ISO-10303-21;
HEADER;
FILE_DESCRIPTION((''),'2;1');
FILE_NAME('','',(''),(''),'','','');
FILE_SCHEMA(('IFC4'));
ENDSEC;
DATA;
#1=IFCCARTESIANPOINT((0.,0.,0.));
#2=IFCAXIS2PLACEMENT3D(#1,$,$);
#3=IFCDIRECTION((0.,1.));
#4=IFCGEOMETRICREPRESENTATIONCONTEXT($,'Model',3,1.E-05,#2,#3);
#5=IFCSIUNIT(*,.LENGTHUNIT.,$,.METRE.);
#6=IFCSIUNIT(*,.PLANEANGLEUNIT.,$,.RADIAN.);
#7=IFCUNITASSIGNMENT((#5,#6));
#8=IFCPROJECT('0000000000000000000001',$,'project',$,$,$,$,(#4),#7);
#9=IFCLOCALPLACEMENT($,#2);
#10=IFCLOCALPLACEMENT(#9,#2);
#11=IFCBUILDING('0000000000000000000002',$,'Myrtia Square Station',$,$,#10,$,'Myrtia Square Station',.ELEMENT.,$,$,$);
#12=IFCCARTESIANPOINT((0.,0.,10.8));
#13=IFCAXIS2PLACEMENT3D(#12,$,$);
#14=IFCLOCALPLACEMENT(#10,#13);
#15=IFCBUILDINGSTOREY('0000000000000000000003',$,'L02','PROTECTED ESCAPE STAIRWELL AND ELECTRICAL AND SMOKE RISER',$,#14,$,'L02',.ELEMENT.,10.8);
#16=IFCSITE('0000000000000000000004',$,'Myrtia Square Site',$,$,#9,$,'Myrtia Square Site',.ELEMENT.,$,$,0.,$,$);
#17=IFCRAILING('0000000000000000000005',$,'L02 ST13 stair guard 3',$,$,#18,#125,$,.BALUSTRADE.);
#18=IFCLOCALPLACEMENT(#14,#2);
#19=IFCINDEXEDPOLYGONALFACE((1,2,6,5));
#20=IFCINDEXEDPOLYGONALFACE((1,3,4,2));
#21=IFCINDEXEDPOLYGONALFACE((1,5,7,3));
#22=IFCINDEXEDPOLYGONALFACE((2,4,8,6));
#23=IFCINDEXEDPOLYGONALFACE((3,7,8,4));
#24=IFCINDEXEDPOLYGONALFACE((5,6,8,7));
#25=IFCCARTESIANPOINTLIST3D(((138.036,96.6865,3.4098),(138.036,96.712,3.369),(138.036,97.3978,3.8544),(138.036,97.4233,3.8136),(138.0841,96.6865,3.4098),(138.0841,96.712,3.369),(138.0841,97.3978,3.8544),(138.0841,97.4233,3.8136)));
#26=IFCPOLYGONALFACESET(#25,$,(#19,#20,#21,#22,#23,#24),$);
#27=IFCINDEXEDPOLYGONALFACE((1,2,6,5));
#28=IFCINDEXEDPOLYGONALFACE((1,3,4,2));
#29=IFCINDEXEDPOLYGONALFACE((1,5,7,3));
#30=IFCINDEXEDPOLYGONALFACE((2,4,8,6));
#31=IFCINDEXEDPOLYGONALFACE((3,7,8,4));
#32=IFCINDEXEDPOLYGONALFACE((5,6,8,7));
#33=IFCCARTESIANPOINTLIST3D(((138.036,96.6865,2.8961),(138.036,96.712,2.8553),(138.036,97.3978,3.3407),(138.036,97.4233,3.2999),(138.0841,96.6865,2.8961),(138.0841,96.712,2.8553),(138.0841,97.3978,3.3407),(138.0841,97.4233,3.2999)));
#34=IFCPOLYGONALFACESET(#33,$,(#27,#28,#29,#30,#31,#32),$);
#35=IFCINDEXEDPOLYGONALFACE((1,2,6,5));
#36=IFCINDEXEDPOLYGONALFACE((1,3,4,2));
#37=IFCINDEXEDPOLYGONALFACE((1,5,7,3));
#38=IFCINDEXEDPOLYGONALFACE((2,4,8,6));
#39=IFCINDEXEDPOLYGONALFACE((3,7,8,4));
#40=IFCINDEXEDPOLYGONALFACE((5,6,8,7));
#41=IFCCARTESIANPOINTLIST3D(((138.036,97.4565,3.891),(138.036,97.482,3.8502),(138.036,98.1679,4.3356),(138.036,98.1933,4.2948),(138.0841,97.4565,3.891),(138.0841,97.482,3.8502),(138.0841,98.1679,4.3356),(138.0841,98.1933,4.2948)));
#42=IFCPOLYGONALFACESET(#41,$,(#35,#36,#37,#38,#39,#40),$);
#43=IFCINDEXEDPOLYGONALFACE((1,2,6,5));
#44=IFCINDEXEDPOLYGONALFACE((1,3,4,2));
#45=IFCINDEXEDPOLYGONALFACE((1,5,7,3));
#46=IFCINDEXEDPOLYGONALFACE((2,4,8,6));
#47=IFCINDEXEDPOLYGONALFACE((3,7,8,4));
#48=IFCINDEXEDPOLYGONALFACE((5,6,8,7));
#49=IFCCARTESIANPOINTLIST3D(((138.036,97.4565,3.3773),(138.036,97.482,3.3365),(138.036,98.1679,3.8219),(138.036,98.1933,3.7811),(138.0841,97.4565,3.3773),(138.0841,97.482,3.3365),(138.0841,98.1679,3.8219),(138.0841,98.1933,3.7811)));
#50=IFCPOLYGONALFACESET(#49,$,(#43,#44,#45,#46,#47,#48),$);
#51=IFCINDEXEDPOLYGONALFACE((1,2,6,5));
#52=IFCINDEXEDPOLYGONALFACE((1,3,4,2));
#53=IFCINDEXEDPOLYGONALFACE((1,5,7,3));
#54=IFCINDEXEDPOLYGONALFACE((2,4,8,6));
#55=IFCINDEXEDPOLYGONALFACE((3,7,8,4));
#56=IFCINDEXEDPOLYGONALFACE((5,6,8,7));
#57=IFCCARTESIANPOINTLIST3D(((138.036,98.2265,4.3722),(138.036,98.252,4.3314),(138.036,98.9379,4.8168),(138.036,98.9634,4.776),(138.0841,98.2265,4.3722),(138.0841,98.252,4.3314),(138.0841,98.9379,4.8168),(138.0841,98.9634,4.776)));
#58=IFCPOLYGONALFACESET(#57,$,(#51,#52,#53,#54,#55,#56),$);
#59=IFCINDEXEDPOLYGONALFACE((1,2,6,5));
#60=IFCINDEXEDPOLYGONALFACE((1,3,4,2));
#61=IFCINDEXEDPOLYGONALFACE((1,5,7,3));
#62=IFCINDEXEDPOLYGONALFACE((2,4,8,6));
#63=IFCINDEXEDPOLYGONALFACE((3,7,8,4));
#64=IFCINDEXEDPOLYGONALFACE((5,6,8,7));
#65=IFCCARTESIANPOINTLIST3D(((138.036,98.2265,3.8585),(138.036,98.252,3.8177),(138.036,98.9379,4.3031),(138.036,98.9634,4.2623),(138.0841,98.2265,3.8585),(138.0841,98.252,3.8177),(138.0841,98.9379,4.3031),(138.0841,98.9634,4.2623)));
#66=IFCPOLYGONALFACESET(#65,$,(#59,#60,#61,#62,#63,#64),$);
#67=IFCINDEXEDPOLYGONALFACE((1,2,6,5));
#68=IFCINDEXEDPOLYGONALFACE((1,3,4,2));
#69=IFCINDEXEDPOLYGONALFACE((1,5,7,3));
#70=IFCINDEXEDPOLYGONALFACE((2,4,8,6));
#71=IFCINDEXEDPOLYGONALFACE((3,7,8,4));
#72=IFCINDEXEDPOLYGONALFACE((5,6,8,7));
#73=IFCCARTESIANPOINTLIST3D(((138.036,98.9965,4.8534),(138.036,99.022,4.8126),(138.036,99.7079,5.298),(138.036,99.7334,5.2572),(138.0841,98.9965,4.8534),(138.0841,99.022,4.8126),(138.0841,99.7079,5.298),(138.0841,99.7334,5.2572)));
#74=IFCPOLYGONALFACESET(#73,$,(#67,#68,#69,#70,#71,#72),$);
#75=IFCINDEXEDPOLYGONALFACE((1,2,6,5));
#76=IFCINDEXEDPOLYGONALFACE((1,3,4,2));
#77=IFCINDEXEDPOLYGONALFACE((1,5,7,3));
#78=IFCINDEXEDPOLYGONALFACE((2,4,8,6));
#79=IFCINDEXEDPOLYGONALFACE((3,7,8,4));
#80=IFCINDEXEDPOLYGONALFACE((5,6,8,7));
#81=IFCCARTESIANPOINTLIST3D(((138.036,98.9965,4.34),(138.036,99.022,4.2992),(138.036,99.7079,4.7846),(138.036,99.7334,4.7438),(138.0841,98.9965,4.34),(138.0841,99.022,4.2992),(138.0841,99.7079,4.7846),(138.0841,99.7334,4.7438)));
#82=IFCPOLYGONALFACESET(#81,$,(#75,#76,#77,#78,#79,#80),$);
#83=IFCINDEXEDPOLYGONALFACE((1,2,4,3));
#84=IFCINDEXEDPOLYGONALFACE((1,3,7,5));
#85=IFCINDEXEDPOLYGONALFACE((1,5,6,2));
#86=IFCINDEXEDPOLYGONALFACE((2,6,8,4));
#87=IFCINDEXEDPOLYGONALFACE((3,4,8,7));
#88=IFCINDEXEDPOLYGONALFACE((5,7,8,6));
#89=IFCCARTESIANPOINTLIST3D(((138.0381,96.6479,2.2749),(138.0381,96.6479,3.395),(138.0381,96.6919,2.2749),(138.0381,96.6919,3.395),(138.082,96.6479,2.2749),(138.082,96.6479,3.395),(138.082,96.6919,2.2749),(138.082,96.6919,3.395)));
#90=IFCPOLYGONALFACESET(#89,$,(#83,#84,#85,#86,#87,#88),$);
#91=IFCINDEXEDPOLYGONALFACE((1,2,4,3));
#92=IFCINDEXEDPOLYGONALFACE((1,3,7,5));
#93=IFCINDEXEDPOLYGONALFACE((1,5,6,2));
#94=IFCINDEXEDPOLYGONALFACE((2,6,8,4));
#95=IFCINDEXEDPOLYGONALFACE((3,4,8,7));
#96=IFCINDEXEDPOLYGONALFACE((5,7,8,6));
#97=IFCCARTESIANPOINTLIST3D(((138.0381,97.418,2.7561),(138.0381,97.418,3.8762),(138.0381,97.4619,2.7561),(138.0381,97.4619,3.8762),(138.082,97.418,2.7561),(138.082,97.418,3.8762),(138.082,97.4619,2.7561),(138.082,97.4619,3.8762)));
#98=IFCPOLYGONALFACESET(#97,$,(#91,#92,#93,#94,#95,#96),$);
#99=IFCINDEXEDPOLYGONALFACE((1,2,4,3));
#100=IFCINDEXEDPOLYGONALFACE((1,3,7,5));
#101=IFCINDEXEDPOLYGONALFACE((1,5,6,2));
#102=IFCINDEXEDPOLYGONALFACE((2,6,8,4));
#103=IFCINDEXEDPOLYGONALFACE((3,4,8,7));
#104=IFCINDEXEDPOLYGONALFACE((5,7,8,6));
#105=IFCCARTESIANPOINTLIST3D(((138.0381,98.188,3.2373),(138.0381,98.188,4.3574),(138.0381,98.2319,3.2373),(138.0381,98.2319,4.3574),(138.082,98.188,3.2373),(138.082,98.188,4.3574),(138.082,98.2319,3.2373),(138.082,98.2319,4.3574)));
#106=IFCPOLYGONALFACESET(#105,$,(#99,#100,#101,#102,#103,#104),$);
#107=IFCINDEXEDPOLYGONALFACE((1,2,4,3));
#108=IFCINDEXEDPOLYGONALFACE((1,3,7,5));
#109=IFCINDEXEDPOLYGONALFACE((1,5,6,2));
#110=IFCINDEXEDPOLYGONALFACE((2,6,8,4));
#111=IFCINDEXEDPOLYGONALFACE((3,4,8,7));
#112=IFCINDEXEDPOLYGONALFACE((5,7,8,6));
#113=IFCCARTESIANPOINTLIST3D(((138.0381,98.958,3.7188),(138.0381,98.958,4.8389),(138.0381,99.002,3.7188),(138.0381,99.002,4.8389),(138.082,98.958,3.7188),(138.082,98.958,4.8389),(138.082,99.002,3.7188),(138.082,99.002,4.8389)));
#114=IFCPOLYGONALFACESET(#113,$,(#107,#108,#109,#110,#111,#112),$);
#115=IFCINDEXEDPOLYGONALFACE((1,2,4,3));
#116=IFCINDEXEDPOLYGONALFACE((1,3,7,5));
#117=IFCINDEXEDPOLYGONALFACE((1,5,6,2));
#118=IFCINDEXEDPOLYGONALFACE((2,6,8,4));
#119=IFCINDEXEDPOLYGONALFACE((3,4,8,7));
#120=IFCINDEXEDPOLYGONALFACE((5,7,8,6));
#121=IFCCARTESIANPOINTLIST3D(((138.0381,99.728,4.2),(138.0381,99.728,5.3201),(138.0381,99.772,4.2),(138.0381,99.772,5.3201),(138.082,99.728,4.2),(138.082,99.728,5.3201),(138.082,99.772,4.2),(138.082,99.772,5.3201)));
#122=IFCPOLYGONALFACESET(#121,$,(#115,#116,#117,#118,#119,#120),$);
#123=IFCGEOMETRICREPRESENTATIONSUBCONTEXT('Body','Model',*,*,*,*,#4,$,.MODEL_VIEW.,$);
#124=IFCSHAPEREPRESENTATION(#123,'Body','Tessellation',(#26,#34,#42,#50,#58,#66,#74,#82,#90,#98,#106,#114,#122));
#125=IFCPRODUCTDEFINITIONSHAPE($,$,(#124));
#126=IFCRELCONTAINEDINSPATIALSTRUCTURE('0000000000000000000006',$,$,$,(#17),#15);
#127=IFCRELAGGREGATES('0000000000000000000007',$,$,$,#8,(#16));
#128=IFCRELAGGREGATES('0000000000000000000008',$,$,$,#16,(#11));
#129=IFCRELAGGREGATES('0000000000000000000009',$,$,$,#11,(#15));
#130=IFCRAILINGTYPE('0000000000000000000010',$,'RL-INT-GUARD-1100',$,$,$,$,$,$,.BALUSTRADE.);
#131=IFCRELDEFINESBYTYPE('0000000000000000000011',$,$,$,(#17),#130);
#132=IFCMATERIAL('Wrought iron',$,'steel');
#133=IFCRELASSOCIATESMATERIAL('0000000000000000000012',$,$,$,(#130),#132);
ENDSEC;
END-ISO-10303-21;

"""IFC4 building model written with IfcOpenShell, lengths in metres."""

from ifc_helpers import new_model, si_unit, direction, frame, origin, origin_2d, place, context, subcontext, project, spatial, rectangle, extrude, material, type_object, element, save


model = new_model("IFC4")

# Units and contexts
model_context = context("Model", 3, precision=1e-05, world=origin(), true_north=direction((0.0, 1.0)))
body_context = subcontext(model_context, "Body", "Model", "MODEL_VIEW")
ifc_project = project(units=[si_unit("LENGTHUNIT", "METRE"), si_unit("PLANEANGLEUNIT", "RADIAN")], contexts=[model_context])

# Site, building, storey
site_placement = place(None, origin())
site = spatial("IfcSite", under=ifc_project, at=site_placement, Name="Myrtia Square Site", LongName="Myrtia Square Site", CompositionType="ELEMENT", RefElevation=0.0)
building_placement = place(site_placement, origin())
building = spatial("IfcBuilding", under=site, at=building_placement, Name="Myrtia Square Station", LongName="Myrtia Square Station", CompositionType="ELEMENT")
storey_placement = place(building_placement, frame((0.0, 0.0, 10.8)))
storey = spatial("IfcBuildingStorey", under=building, at=storey_placement, Name="L02", Description="PROTECTED ESCAPE STAIRWELL AND ELECTRICAL AND SMOKE RISER", LongName="L02", CompositionType="ELEMENT", Elevation=10.8)

# Railing
ifc_material_1 = material(Name="Wrought iron", Category="steel")
railing_type_1 = type_object("IfcRailingType", Name="RL-INT-GUARD-1100", PredefinedType="BALUSTRADE", material=ifc_material_1)
railing_1_placement = place(storey_placement, frame((138.0601, 96.6699, 2.2749)))
element("IfcRailing", 1, at=railing_1_placement, inside=storey, type_object=railing_type_1, Name="L02 ST13 stair guard 3", PredefinedType="BALUSTRADE", context=body_context, shape_type="SweptSolid", body=[
    extrude(rectangle(XDim=0.0481, YDim=0.0481, at=origin_2d()), frame((0.0, 0.0293, 1.1145), z_axis=(0.0, 0.847998, 0.529999), x_axis=(-1.0, 0.0, 0.0)), (0.0, 0.0, 1.0), 0.8389),
    extrude(rectangle(XDim=0.0481, YDim=0.0481, at=origin_2d()), frame((0.0, 0.0293, 0.6008), z_axis=(0.0, 0.847998, 0.529999), x_axis=(-1.0, 0.0, 0.0)), (0.0, 0.0, 1.0), 0.8389),
    extrude(rectangle(XDim=0.0481, YDim=0.0481, at=origin_2d()), frame((0.0, 0.7993, 1.5957), z_axis=(0.0, 0.847998, 0.529999), x_axis=(-1.0, 0.0, 0.0)), (0.0, 0.0, 1.0), 0.8389),
    extrude(rectangle(XDim=0.0481, YDim=0.0481, at=origin_2d()), frame((0.0, 0.7993, 1.082), z_axis=(0.0, 0.847998, 0.529999), x_axis=(-1.0, 0.0, 0.0)), (0.0, 0.0, 1.0), 0.8389),
    extrude(rectangle(XDim=0.0481, YDim=0.0481, at=origin_2d()), frame((0.0, 1.5693, 2.0769), z_axis=(0.0, 0.847998, 0.529999), x_axis=(-1.0, 0.0, 0.0)), (0.0, 0.0, 1.0), 0.8389),
    extrude(rectangle(XDim=0.0481, YDim=0.0481, at=origin_2d()), frame((0.0, 1.5693, 1.5632), z_axis=(0.0, 0.847998, 0.529999), x_axis=(-1.0, 0.0, 0.0)), (0.0, 0.0, 1.0), 0.8389),
    extrude(rectangle(XDim=0.0481, YDim=0.0481, at=origin_2d()), frame((0.0, 2.3394, 2.5581), z_axis=(0.0, 0.847998, 0.529999), x_axis=(-1.0, 0.0, 0.0)), (0.0, 0.0, 1.0), 0.8389),
    extrude(rectangle(XDim=0.0481, YDim=0.0481, at=origin_2d()), frame((0.0, 2.3394, 2.0447), z_axis=(0.0, 0.847998, 0.529999), x_axis=(-1.0, 0.0, 0.0)), (0.0, 0.0, 1.0), 0.8389),
    extrude(rectangle(XDim=0.0439, YDim=0.0439, at=origin_2d()), origin(), (0.0, 0.0, 1.0), 1.1201),
    extrude(rectangle(XDim=0.0439, YDim=0.0439, at=origin_2d()), frame((0.0, 0.77, 0.4812)), (0.0, 0.0, 1.0), 1.1201),
    extrude(rectangle(XDim=0.0439, YDim=0.0439, at=origin_2d()), frame((0.0, 1.54, 0.9624)), (0.0, 0.0, 1.0), 1.1201),
    extrude(rectangle(XDim=0.0439, YDim=0.0439, at=origin_2d()), frame((0.0, 2.3101, 1.4438)), (0.0, 0.0, 1.0), 1.1201),
    extrude(rectangle(XDim=0.0439, YDim=0.0439, at=origin_2d()), frame((0.0, 3.0801, 1.925)), (0.0, 0.0, 1.0), 1.1201),
])

save(model, "model.ifc")
